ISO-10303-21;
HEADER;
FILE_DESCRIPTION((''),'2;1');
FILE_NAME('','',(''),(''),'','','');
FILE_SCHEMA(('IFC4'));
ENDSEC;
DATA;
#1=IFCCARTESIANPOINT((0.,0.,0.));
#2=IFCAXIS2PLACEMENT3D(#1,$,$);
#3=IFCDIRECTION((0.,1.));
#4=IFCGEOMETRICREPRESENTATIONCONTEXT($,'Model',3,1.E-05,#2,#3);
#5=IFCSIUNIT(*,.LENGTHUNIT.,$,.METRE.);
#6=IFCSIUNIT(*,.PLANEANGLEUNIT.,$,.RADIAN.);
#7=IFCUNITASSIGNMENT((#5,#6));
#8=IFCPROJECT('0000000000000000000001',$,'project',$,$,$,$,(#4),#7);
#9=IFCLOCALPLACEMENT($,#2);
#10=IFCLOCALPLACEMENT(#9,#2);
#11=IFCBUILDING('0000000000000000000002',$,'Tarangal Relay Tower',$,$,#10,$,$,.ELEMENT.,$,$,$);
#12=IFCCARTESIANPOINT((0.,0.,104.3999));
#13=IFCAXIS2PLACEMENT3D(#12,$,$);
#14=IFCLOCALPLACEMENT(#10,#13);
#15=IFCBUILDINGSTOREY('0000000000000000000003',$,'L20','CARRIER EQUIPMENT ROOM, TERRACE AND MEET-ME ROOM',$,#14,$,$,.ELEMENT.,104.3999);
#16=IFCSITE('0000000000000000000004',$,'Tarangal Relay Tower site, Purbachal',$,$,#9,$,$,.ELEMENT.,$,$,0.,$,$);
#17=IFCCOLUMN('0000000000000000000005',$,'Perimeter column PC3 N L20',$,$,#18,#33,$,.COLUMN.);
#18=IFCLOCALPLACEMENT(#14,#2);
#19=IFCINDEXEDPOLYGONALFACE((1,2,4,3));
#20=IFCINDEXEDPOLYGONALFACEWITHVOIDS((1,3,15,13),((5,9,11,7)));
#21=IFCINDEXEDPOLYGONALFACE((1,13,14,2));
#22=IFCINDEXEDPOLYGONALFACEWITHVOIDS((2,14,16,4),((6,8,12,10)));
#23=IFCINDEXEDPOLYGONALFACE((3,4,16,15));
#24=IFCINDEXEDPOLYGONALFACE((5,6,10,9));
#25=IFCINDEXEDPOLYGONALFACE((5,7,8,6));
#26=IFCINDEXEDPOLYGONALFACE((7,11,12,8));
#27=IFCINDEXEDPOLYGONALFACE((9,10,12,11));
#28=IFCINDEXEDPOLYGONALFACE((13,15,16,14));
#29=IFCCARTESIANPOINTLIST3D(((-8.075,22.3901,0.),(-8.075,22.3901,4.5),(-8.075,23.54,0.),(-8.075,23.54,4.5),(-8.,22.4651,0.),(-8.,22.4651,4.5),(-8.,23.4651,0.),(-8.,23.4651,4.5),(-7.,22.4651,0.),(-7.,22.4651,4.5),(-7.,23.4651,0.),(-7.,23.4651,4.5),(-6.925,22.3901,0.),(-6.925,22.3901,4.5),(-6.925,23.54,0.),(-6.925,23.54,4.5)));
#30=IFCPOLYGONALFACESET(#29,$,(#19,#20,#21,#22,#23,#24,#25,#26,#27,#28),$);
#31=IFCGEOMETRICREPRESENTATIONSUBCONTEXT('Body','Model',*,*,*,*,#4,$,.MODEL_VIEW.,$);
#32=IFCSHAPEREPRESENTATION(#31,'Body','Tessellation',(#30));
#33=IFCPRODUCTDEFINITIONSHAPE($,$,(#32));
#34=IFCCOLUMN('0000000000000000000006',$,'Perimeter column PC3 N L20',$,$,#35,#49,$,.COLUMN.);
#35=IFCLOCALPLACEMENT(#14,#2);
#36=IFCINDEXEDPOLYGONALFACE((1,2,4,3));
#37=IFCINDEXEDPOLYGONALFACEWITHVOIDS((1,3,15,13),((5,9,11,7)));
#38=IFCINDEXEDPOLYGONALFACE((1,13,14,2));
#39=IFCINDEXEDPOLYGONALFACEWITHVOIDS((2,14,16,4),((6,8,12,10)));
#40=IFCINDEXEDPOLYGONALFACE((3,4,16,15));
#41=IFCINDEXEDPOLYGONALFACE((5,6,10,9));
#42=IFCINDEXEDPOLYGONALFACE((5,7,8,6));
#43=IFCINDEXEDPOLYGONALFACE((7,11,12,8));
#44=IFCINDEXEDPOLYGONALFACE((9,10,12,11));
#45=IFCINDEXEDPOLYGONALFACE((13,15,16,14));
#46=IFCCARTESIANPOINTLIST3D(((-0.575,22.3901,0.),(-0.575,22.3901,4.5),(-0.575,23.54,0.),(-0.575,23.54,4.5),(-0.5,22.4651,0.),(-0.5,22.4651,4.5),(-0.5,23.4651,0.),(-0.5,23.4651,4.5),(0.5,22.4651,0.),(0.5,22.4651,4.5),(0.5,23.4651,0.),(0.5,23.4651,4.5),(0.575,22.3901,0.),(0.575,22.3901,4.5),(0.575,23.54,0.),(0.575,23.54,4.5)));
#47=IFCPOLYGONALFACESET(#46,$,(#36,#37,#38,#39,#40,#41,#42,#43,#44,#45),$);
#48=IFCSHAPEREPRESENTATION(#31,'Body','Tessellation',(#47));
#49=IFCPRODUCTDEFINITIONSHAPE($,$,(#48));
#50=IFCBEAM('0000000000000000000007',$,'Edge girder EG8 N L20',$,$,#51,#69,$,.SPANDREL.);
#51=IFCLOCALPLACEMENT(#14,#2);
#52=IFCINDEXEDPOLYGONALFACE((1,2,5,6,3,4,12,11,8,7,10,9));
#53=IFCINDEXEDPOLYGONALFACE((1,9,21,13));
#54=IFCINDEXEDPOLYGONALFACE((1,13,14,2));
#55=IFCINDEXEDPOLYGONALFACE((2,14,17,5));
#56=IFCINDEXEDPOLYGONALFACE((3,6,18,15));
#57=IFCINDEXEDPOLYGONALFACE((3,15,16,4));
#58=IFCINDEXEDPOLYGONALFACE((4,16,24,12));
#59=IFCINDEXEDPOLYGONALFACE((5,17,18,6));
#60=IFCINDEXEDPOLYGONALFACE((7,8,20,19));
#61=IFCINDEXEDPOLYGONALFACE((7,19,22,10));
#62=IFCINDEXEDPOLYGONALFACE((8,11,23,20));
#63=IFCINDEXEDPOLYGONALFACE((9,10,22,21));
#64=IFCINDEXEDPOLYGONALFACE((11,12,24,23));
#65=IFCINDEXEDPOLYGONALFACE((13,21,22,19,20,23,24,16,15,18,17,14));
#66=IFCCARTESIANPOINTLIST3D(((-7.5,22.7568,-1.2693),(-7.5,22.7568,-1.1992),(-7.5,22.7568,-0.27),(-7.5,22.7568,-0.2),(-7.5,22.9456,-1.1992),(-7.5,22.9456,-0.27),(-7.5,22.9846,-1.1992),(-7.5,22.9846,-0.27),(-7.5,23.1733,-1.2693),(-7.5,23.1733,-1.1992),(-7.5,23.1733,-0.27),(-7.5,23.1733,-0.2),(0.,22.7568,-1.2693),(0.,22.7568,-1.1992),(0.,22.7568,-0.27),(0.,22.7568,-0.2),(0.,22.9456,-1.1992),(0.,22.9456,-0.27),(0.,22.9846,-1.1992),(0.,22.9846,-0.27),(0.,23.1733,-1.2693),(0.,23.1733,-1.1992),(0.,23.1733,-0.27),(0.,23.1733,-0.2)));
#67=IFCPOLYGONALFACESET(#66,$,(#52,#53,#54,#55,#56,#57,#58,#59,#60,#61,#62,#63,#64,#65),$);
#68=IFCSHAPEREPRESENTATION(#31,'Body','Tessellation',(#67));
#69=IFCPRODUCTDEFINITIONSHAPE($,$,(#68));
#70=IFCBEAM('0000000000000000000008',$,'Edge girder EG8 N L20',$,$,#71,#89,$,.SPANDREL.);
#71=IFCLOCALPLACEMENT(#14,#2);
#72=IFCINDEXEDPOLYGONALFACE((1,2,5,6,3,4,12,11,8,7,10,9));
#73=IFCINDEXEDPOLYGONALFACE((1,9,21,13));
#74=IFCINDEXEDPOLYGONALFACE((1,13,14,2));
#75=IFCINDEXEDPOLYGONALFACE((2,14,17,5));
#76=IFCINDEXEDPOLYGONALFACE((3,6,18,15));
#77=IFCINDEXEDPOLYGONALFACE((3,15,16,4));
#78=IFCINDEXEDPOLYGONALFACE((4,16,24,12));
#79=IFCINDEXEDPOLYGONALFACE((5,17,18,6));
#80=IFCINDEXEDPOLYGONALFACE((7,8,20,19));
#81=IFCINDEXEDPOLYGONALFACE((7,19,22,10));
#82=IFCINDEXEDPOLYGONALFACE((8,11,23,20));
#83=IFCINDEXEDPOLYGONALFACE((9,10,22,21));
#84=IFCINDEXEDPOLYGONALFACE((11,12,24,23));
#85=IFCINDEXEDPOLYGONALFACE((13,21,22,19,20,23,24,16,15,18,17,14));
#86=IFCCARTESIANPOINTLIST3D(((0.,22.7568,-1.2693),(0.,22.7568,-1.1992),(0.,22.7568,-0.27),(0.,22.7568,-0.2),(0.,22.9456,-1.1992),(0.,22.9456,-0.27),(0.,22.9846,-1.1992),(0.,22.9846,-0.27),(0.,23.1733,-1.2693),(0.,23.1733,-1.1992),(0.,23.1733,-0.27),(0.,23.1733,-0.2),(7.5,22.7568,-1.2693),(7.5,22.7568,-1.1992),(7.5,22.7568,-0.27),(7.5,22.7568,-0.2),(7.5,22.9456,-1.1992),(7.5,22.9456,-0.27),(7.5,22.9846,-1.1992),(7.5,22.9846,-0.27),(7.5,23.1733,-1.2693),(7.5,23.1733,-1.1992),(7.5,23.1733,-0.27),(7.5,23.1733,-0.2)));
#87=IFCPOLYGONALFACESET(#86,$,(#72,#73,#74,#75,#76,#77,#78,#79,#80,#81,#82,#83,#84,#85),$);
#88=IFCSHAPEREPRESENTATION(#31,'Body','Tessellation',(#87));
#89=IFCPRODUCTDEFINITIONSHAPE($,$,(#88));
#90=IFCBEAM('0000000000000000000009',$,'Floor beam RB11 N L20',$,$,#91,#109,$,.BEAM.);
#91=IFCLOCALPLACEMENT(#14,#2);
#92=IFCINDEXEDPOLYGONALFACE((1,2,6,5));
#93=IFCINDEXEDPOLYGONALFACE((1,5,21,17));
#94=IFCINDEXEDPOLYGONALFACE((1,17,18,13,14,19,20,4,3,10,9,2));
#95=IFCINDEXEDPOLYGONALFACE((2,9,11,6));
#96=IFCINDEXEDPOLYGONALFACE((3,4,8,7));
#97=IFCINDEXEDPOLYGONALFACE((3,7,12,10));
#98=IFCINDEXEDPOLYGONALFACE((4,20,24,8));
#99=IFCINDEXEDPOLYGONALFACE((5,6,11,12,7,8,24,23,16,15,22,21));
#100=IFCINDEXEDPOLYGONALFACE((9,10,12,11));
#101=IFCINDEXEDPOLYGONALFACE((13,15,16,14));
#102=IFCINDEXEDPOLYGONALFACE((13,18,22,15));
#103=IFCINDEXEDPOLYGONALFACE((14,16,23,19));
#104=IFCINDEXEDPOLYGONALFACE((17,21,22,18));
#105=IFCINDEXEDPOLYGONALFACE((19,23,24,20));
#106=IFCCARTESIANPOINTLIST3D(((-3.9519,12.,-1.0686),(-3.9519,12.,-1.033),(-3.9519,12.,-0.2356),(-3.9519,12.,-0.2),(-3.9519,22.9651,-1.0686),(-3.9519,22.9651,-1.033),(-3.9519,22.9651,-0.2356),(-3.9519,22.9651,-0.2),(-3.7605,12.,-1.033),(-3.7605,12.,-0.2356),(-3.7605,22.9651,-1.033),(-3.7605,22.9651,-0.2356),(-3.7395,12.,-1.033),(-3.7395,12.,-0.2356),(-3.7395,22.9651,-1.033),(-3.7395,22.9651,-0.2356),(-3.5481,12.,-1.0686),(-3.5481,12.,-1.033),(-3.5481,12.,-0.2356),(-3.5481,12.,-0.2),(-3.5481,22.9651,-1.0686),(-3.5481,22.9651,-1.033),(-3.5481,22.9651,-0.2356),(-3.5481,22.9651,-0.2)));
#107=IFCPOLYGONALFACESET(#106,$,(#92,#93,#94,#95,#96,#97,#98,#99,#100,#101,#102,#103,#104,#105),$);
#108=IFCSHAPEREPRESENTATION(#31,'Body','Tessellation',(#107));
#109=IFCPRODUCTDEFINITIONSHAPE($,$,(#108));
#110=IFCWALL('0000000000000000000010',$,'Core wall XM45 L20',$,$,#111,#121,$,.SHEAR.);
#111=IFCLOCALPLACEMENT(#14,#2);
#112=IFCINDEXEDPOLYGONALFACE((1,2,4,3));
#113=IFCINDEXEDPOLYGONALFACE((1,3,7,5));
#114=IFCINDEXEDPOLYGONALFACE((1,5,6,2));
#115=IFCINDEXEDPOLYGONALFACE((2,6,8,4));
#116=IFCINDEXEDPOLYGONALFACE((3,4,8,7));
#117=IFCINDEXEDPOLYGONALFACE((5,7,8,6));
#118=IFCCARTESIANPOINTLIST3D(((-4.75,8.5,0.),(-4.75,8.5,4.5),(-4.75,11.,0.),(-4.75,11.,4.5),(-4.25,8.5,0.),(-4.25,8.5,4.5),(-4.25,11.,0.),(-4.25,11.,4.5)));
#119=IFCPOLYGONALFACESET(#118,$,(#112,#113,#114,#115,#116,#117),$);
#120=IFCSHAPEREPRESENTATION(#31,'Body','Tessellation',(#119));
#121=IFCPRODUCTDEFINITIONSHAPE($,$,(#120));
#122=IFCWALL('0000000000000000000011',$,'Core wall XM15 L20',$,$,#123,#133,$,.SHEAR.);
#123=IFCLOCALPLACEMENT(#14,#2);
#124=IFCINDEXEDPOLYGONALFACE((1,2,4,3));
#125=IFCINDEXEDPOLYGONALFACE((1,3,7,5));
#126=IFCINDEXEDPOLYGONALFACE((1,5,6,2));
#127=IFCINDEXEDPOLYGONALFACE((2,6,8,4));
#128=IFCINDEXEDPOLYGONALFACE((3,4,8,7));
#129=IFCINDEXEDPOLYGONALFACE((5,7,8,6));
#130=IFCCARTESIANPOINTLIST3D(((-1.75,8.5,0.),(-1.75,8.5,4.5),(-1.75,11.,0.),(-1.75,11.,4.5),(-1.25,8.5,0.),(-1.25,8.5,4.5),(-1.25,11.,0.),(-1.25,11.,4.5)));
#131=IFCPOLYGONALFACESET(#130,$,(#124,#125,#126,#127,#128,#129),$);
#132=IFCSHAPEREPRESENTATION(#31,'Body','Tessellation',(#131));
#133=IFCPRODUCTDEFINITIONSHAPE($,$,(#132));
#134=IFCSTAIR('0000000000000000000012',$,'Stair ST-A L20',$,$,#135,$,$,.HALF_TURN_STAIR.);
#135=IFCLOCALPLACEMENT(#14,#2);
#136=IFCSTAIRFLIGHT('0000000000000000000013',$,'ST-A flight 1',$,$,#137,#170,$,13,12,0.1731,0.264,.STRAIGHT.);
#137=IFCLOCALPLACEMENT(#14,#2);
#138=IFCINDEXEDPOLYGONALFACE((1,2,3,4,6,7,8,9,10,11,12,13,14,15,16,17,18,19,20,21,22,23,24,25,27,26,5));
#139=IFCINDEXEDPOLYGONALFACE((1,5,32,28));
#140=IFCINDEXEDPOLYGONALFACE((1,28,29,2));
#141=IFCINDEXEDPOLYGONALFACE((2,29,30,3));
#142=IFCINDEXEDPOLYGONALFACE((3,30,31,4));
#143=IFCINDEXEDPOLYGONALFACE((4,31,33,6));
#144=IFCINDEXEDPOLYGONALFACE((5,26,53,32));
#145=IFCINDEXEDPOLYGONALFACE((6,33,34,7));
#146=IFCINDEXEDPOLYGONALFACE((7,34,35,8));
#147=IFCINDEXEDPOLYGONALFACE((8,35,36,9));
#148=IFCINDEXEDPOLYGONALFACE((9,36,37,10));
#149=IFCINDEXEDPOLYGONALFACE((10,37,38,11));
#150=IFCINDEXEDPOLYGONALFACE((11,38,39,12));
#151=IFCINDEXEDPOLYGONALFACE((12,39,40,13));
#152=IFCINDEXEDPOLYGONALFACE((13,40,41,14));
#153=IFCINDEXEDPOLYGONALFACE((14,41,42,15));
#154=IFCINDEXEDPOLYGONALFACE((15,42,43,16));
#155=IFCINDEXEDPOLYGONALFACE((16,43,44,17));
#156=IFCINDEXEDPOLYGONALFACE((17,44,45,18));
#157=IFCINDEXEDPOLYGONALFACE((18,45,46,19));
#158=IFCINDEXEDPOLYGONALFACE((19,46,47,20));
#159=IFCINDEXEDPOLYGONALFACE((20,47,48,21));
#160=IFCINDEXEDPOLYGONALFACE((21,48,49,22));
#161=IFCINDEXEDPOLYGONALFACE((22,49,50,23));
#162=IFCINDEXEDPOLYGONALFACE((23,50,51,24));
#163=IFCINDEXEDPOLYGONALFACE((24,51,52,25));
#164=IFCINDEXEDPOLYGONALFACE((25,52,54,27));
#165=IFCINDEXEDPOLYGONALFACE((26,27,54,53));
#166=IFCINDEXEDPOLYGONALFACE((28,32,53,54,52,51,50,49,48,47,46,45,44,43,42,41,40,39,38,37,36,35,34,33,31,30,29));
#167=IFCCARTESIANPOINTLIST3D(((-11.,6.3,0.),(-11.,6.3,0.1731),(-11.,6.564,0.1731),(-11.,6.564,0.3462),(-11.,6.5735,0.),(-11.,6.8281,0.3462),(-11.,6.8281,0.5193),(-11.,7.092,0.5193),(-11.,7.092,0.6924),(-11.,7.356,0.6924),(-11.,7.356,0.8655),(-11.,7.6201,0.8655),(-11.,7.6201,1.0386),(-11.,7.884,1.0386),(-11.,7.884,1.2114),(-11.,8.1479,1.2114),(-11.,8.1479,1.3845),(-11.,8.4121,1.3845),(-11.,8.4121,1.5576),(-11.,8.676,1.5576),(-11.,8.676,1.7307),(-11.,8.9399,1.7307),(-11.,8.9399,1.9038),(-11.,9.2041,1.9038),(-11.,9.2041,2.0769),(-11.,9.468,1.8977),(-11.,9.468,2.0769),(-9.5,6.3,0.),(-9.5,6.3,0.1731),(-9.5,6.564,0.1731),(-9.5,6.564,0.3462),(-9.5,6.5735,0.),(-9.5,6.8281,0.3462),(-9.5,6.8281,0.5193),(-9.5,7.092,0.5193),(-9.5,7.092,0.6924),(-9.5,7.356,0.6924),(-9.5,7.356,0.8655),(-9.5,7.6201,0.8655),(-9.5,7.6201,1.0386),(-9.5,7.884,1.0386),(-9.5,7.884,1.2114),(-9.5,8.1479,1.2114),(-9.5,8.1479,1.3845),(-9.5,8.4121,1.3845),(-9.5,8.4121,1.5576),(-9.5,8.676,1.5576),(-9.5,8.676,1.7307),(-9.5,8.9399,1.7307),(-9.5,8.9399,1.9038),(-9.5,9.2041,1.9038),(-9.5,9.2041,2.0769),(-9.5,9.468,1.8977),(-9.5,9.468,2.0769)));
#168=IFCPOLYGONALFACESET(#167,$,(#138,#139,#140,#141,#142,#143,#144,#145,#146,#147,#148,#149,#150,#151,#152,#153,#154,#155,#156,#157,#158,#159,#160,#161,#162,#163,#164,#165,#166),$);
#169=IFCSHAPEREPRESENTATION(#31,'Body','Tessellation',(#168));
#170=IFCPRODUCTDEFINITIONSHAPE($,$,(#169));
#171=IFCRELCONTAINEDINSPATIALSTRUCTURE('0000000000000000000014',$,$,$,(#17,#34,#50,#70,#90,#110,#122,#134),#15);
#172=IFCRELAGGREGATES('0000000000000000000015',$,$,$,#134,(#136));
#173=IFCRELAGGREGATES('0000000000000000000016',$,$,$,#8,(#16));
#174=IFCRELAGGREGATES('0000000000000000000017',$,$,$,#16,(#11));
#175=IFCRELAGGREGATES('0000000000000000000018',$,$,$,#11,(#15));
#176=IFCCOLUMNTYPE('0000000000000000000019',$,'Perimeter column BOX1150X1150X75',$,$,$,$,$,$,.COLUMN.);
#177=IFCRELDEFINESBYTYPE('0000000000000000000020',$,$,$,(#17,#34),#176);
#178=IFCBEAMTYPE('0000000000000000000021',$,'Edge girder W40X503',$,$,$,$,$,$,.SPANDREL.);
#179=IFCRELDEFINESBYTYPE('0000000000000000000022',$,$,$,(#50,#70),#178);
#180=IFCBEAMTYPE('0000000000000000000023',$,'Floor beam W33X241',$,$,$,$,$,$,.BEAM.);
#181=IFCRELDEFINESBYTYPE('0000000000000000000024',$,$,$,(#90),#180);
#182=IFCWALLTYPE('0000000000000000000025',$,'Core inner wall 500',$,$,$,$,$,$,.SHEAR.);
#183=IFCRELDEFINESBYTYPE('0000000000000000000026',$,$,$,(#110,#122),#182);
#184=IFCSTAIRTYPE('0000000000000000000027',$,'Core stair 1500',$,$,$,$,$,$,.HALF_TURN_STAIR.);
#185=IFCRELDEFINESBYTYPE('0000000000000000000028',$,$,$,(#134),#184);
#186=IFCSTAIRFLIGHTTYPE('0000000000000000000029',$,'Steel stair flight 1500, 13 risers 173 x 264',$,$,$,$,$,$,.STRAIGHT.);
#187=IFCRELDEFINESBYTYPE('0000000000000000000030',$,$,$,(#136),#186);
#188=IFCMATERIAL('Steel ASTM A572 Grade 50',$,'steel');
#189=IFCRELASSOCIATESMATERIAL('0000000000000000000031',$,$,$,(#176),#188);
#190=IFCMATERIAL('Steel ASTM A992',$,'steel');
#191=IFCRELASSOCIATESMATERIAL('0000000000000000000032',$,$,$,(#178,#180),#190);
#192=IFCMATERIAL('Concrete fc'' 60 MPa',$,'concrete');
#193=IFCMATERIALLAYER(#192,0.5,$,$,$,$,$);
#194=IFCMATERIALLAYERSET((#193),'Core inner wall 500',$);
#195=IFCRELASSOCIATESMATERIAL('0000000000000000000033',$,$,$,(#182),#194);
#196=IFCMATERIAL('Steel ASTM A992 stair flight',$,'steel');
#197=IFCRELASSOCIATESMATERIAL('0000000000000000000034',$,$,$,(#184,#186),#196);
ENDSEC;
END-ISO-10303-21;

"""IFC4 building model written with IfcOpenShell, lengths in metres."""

from ifc_helpers import new_model, si_unit, direction, frame, frame_2d, origin, origin_2d, place, context, subcontext, project, spatial, polyline, rectangle, hollow_rectangle, i_section, outline, extrude, material, layer, layer_set, material_profile, profile_set, type_object, element, aggregate, save


model = new_model("IFC4")

# Units and contexts
model_context = context("Model", 3, precision=1e-05, world=origin(), true_north=direction((0.0, 1.0)))
body_context = subcontext(model_context, "Body", "Model", "MODEL_VIEW")
ifc_project = project(units=[si_unit("LENGTHUNIT", "METRE"), si_unit("PLANEANGLEUNIT", "RADIAN")], contexts=[model_context])

# Site, building, storey
site_placement = place(None, origin())
site = spatial("IfcSite", under=ifc_project, at=site_placement, Name="Tarangal Relay Tower site, Purbachal", CompositionType="ELEMENT", RefElevation=0.0)
building_placement = place(site_placement, origin())
building = spatial("IfcBuilding", under=site, at=building_placement, Name="Tarangal Relay Tower", CompositionType="ELEMENT")
storey_placement = place(building_placement, frame((0.0, 0.0, 104.3999)))
storey = spatial("IfcBuildingStorey", under=building, at=storey_placement, Name="L20", Description="CARRIER EQUIPMENT ROOM, TERRACE AND MEET-ME ROOM", CompositionType="ELEMENT", Elevation=104.3999)

# Columns
ifc_material_1 = material(Name="Steel ASTM A572 Grade 50", Category="steel")
ifc_material_profile_1 = material_profile(ifc_material_1, hollow_rectangle(XDim=1.1499, YDim=1.1499, WallThickness=0.075, at=origin_2d()), Name="BOX1150X1150X75")
ifc_profile_set_1 = profile_set([ifc_material_profile_1], Name="Steel ASTM A572 Grade 50")
column_type = type_object("IfcColumnType", Name="Perimeter column BOX1150X1150X75", PredefinedType="COLUMN", material=ifc_profile_set_1)
for number, where, z_axis, x_axis, name in (
    (1, (-7.5, 22.9651, 0.0), (0.0, 0.0, 1.0), (1.0, 0.0, 0.0), "Perimeter column PC3 N L20"),
    (2, (0.0, 22.9651, 0.0), (0.0, 0.0, 1.0), (1.0, 0.0, 0.0), "Perimeter column PC3 N L20"),
):
    element("IfcColumn", number, at=place(storey_placement, frame(where, z_axis=z_axis, x_axis=x_axis)), inside=storey, type_object=column_type, Name=name, PredefinedType="COLUMN", context=body_context, shape_type="SweptSolid", body=[
        extrude(hollow_rectangle(XDim=1.1499, YDim=1.1499, WallThickness=0.075, at=origin_2d()), origin(), (0.0, 0.0, 1.0), 4.5),
    ])

# Beams
ifc_material_2 = material(Name="Steel ASTM A992", Category="steel")
ifc_material_profile_2 = material_profile(ifc_material_2, i_section(OverallWidth=0.4165, OverallDepth=1.0693, WebThickness=0.0391, FlangeThickness=0.0701, at=origin_2d()), Name="W40X503")
ifc_profile_set_2 = profile_set([ifc_material_profile_2], Name="Steel ASTM A992")
beam_type_1 = type_object("IfcBeamType", Name="Edge girder W40X503", PredefinedType="SPANDREL", material=ifc_profile_set_2)
for number, where, z_axis, x_axis, name in (
    (3, (-7.5, 22.9651, -0.7346), (1.0, 0.0, 0.0), (0.0, 1.0, 0.0), "Edge girder EG8 N L20"),
    (4, (0.0, 22.9651, -0.7346), (1.0, 0.0, 0.0), (0.0, 1.0, 0.0), "Edge girder EG8 N L20"),
):
    element("IfcBeam", number, at=place(storey_placement, frame(where, z_axis=z_axis, x_axis=x_axis)), inside=storey, type_object=beam_type_1, Name=name, PredefinedType="SPANDREL", context=body_context, shape_type="SweptSolid", body=[
        extrude(i_section(OverallWidth=0.4165, OverallDepth=1.0693, WebThickness=0.0391, FlangeThickness=0.0701, at=origin_2d()), origin(), (0.0, 0.0, 1.0), 7.5),
    ])
ifc_material_profile_3 = material_profile(ifc_material_2, i_section(OverallWidth=0.4038, OverallDepth=0.8687, WebThickness=0.021, FlangeThickness=0.0356, at=origin_2d()), Name="W33X241")
ifc_profile_set_3 = profile_set([ifc_material_profile_3], Name="Steel ASTM A992")
beam_type_2 = type_object("IfcBeamType", Name="Floor beam W33X241", PredefinedType="BEAM", material=ifc_profile_set_3)
beam_placement = place(storey_placement, frame((-3.75, 12.0, -0.6343), z_axis=(0.0, 1.0, 0.0), x_axis=(-1.0, 0.0, 0.0)))
element("IfcBeam", 5, at=beam_placement, inside=storey, type_object=beam_type_2, Name="Floor beam RB11 N L20", PredefinedType="BEAM", context=body_context, shape_type="SweptSolid", body=[
    extrude(i_section(OverallWidth=0.4038, OverallDepth=0.8687, WebThickness=0.021, FlangeThickness=0.0356, at=origin_2d()), origin(), (0.0, 0.0, 1.0), 10.9651),
])

# Shared definitions
ifc_material_3 = material(Name="Concrete fc' 60 MPa", Category="concrete")
ifc_layer = layer(ifc_material_3, 0.5)
ifc_layer_set = layer_set([ifc_layer], Name="Core inner wall 500")
wall_type = type_object("IfcWallType", Name="Core inner wall 500", PredefinedType="SHEAR", material=ifc_layer_set)

# Walls
for number, where, z_axis, x_axis, name in (
    (6, (-4.5, 8.5, 0.0), (0.0, 0.0, 1.0), (0.0, 1.0, 0.0), "Core wall XM45 L20"),
    (7, (-1.5, 8.5, 0.0), (0.0, 0.0, 1.0), (0.0, 1.0, 0.0), "Core wall XM15 L20"),
):
    element("IfcWall", number, at=place(storey_placement, frame(where, z_axis=z_axis, x_axis=x_axis)), inside=storey, type_object=wall_type, Name=name, PredefinedType="SHEAR", context=body_context, shape_type="SweptSolid", body=[
        extrude(rectangle(XDim=2.5, YDim=0.5, at=frame_2d((1.25, 0.0))), origin(), (0.0, 0.0, 1.0), 4.5),
    ])

# Stair, stair flight
ifc_material_4 = material(Name="Steel ASTM A992 stair flight", Category="steel")
stair_type = type_object("IfcStairType", Name="Core stair 1500", PredefinedType="HALF_TURN_STAIR", material=ifc_material_4)
stair_placement = place(storey_placement, origin())
stair = element("IfcStair", 8, at=stair_placement, inside=storey, type_object=stair_type, Name="Stair ST-A L20", PredefinedType="HALF_TURN_STAIR")
stair_flight_type = type_object("IfcStairFlightType", Name="Steel stair flight 1500, 13 risers 173 x 264", PredefinedType="STRAIGHT", material=ifc_material_4)
stair_flight_1_placement = place(storey_placement, frame((-10.25, 6.3, 0.0), z_axis=(0.0, 0.0, 1.0), x_axis=(0.0, 1.0, 0.0)))
stair_flight_1 = element("IfcStairFlight", 9, at=stair_flight_1_placement, type_object=stair_flight_type, Name="ST-A flight 1", NumberOfRisers=13, NumberOfTreads=12, PredefinedType="STRAIGHT", RiserHeight=0.1731, TreadLength=0.264, context=body_context, shape_type="SweptSolid", body=[
    extrude(outline(polyline([(0.0, 0.0), (0.0, 0.1731), (0.2639, 0.1731), (0.2639, 0.3462), (0.5281, 0.3462), (0.5281, 0.5193), (0.792, 0.5193), (0.792, 0.6924), (1.0559, 0.6924), (1.0559, 0.8655), (1.3201, 0.8655), (1.3201, 1.0386), (1.584, 1.0386), (1.584, 1.2114), (1.8479, 1.2114), (1.8479, 1.3845), (2.1121, 1.3845), (2.1121, 1.5576), (2.376, 1.5576), (2.376, 1.7307), (2.6399, 1.7307), (2.6399, 1.9038), (2.9041, 1.9038), (2.9041, 2.0769), (3.168, 2.0769), (3.168, 2.25), (3.168, 1.8977), (0.2734, 0.0), (0.0, 0.0)])), frame((0.0, 0.75, 0.0), z_axis=(0.0, -1.0, 0.0), x_axis=(1.0, 0.0, 0.0)), (0.0, 0.0, 1.0), 1.5),
])
aggregate(stair, [stair_flight_1])

save(model, "model.ifc")
